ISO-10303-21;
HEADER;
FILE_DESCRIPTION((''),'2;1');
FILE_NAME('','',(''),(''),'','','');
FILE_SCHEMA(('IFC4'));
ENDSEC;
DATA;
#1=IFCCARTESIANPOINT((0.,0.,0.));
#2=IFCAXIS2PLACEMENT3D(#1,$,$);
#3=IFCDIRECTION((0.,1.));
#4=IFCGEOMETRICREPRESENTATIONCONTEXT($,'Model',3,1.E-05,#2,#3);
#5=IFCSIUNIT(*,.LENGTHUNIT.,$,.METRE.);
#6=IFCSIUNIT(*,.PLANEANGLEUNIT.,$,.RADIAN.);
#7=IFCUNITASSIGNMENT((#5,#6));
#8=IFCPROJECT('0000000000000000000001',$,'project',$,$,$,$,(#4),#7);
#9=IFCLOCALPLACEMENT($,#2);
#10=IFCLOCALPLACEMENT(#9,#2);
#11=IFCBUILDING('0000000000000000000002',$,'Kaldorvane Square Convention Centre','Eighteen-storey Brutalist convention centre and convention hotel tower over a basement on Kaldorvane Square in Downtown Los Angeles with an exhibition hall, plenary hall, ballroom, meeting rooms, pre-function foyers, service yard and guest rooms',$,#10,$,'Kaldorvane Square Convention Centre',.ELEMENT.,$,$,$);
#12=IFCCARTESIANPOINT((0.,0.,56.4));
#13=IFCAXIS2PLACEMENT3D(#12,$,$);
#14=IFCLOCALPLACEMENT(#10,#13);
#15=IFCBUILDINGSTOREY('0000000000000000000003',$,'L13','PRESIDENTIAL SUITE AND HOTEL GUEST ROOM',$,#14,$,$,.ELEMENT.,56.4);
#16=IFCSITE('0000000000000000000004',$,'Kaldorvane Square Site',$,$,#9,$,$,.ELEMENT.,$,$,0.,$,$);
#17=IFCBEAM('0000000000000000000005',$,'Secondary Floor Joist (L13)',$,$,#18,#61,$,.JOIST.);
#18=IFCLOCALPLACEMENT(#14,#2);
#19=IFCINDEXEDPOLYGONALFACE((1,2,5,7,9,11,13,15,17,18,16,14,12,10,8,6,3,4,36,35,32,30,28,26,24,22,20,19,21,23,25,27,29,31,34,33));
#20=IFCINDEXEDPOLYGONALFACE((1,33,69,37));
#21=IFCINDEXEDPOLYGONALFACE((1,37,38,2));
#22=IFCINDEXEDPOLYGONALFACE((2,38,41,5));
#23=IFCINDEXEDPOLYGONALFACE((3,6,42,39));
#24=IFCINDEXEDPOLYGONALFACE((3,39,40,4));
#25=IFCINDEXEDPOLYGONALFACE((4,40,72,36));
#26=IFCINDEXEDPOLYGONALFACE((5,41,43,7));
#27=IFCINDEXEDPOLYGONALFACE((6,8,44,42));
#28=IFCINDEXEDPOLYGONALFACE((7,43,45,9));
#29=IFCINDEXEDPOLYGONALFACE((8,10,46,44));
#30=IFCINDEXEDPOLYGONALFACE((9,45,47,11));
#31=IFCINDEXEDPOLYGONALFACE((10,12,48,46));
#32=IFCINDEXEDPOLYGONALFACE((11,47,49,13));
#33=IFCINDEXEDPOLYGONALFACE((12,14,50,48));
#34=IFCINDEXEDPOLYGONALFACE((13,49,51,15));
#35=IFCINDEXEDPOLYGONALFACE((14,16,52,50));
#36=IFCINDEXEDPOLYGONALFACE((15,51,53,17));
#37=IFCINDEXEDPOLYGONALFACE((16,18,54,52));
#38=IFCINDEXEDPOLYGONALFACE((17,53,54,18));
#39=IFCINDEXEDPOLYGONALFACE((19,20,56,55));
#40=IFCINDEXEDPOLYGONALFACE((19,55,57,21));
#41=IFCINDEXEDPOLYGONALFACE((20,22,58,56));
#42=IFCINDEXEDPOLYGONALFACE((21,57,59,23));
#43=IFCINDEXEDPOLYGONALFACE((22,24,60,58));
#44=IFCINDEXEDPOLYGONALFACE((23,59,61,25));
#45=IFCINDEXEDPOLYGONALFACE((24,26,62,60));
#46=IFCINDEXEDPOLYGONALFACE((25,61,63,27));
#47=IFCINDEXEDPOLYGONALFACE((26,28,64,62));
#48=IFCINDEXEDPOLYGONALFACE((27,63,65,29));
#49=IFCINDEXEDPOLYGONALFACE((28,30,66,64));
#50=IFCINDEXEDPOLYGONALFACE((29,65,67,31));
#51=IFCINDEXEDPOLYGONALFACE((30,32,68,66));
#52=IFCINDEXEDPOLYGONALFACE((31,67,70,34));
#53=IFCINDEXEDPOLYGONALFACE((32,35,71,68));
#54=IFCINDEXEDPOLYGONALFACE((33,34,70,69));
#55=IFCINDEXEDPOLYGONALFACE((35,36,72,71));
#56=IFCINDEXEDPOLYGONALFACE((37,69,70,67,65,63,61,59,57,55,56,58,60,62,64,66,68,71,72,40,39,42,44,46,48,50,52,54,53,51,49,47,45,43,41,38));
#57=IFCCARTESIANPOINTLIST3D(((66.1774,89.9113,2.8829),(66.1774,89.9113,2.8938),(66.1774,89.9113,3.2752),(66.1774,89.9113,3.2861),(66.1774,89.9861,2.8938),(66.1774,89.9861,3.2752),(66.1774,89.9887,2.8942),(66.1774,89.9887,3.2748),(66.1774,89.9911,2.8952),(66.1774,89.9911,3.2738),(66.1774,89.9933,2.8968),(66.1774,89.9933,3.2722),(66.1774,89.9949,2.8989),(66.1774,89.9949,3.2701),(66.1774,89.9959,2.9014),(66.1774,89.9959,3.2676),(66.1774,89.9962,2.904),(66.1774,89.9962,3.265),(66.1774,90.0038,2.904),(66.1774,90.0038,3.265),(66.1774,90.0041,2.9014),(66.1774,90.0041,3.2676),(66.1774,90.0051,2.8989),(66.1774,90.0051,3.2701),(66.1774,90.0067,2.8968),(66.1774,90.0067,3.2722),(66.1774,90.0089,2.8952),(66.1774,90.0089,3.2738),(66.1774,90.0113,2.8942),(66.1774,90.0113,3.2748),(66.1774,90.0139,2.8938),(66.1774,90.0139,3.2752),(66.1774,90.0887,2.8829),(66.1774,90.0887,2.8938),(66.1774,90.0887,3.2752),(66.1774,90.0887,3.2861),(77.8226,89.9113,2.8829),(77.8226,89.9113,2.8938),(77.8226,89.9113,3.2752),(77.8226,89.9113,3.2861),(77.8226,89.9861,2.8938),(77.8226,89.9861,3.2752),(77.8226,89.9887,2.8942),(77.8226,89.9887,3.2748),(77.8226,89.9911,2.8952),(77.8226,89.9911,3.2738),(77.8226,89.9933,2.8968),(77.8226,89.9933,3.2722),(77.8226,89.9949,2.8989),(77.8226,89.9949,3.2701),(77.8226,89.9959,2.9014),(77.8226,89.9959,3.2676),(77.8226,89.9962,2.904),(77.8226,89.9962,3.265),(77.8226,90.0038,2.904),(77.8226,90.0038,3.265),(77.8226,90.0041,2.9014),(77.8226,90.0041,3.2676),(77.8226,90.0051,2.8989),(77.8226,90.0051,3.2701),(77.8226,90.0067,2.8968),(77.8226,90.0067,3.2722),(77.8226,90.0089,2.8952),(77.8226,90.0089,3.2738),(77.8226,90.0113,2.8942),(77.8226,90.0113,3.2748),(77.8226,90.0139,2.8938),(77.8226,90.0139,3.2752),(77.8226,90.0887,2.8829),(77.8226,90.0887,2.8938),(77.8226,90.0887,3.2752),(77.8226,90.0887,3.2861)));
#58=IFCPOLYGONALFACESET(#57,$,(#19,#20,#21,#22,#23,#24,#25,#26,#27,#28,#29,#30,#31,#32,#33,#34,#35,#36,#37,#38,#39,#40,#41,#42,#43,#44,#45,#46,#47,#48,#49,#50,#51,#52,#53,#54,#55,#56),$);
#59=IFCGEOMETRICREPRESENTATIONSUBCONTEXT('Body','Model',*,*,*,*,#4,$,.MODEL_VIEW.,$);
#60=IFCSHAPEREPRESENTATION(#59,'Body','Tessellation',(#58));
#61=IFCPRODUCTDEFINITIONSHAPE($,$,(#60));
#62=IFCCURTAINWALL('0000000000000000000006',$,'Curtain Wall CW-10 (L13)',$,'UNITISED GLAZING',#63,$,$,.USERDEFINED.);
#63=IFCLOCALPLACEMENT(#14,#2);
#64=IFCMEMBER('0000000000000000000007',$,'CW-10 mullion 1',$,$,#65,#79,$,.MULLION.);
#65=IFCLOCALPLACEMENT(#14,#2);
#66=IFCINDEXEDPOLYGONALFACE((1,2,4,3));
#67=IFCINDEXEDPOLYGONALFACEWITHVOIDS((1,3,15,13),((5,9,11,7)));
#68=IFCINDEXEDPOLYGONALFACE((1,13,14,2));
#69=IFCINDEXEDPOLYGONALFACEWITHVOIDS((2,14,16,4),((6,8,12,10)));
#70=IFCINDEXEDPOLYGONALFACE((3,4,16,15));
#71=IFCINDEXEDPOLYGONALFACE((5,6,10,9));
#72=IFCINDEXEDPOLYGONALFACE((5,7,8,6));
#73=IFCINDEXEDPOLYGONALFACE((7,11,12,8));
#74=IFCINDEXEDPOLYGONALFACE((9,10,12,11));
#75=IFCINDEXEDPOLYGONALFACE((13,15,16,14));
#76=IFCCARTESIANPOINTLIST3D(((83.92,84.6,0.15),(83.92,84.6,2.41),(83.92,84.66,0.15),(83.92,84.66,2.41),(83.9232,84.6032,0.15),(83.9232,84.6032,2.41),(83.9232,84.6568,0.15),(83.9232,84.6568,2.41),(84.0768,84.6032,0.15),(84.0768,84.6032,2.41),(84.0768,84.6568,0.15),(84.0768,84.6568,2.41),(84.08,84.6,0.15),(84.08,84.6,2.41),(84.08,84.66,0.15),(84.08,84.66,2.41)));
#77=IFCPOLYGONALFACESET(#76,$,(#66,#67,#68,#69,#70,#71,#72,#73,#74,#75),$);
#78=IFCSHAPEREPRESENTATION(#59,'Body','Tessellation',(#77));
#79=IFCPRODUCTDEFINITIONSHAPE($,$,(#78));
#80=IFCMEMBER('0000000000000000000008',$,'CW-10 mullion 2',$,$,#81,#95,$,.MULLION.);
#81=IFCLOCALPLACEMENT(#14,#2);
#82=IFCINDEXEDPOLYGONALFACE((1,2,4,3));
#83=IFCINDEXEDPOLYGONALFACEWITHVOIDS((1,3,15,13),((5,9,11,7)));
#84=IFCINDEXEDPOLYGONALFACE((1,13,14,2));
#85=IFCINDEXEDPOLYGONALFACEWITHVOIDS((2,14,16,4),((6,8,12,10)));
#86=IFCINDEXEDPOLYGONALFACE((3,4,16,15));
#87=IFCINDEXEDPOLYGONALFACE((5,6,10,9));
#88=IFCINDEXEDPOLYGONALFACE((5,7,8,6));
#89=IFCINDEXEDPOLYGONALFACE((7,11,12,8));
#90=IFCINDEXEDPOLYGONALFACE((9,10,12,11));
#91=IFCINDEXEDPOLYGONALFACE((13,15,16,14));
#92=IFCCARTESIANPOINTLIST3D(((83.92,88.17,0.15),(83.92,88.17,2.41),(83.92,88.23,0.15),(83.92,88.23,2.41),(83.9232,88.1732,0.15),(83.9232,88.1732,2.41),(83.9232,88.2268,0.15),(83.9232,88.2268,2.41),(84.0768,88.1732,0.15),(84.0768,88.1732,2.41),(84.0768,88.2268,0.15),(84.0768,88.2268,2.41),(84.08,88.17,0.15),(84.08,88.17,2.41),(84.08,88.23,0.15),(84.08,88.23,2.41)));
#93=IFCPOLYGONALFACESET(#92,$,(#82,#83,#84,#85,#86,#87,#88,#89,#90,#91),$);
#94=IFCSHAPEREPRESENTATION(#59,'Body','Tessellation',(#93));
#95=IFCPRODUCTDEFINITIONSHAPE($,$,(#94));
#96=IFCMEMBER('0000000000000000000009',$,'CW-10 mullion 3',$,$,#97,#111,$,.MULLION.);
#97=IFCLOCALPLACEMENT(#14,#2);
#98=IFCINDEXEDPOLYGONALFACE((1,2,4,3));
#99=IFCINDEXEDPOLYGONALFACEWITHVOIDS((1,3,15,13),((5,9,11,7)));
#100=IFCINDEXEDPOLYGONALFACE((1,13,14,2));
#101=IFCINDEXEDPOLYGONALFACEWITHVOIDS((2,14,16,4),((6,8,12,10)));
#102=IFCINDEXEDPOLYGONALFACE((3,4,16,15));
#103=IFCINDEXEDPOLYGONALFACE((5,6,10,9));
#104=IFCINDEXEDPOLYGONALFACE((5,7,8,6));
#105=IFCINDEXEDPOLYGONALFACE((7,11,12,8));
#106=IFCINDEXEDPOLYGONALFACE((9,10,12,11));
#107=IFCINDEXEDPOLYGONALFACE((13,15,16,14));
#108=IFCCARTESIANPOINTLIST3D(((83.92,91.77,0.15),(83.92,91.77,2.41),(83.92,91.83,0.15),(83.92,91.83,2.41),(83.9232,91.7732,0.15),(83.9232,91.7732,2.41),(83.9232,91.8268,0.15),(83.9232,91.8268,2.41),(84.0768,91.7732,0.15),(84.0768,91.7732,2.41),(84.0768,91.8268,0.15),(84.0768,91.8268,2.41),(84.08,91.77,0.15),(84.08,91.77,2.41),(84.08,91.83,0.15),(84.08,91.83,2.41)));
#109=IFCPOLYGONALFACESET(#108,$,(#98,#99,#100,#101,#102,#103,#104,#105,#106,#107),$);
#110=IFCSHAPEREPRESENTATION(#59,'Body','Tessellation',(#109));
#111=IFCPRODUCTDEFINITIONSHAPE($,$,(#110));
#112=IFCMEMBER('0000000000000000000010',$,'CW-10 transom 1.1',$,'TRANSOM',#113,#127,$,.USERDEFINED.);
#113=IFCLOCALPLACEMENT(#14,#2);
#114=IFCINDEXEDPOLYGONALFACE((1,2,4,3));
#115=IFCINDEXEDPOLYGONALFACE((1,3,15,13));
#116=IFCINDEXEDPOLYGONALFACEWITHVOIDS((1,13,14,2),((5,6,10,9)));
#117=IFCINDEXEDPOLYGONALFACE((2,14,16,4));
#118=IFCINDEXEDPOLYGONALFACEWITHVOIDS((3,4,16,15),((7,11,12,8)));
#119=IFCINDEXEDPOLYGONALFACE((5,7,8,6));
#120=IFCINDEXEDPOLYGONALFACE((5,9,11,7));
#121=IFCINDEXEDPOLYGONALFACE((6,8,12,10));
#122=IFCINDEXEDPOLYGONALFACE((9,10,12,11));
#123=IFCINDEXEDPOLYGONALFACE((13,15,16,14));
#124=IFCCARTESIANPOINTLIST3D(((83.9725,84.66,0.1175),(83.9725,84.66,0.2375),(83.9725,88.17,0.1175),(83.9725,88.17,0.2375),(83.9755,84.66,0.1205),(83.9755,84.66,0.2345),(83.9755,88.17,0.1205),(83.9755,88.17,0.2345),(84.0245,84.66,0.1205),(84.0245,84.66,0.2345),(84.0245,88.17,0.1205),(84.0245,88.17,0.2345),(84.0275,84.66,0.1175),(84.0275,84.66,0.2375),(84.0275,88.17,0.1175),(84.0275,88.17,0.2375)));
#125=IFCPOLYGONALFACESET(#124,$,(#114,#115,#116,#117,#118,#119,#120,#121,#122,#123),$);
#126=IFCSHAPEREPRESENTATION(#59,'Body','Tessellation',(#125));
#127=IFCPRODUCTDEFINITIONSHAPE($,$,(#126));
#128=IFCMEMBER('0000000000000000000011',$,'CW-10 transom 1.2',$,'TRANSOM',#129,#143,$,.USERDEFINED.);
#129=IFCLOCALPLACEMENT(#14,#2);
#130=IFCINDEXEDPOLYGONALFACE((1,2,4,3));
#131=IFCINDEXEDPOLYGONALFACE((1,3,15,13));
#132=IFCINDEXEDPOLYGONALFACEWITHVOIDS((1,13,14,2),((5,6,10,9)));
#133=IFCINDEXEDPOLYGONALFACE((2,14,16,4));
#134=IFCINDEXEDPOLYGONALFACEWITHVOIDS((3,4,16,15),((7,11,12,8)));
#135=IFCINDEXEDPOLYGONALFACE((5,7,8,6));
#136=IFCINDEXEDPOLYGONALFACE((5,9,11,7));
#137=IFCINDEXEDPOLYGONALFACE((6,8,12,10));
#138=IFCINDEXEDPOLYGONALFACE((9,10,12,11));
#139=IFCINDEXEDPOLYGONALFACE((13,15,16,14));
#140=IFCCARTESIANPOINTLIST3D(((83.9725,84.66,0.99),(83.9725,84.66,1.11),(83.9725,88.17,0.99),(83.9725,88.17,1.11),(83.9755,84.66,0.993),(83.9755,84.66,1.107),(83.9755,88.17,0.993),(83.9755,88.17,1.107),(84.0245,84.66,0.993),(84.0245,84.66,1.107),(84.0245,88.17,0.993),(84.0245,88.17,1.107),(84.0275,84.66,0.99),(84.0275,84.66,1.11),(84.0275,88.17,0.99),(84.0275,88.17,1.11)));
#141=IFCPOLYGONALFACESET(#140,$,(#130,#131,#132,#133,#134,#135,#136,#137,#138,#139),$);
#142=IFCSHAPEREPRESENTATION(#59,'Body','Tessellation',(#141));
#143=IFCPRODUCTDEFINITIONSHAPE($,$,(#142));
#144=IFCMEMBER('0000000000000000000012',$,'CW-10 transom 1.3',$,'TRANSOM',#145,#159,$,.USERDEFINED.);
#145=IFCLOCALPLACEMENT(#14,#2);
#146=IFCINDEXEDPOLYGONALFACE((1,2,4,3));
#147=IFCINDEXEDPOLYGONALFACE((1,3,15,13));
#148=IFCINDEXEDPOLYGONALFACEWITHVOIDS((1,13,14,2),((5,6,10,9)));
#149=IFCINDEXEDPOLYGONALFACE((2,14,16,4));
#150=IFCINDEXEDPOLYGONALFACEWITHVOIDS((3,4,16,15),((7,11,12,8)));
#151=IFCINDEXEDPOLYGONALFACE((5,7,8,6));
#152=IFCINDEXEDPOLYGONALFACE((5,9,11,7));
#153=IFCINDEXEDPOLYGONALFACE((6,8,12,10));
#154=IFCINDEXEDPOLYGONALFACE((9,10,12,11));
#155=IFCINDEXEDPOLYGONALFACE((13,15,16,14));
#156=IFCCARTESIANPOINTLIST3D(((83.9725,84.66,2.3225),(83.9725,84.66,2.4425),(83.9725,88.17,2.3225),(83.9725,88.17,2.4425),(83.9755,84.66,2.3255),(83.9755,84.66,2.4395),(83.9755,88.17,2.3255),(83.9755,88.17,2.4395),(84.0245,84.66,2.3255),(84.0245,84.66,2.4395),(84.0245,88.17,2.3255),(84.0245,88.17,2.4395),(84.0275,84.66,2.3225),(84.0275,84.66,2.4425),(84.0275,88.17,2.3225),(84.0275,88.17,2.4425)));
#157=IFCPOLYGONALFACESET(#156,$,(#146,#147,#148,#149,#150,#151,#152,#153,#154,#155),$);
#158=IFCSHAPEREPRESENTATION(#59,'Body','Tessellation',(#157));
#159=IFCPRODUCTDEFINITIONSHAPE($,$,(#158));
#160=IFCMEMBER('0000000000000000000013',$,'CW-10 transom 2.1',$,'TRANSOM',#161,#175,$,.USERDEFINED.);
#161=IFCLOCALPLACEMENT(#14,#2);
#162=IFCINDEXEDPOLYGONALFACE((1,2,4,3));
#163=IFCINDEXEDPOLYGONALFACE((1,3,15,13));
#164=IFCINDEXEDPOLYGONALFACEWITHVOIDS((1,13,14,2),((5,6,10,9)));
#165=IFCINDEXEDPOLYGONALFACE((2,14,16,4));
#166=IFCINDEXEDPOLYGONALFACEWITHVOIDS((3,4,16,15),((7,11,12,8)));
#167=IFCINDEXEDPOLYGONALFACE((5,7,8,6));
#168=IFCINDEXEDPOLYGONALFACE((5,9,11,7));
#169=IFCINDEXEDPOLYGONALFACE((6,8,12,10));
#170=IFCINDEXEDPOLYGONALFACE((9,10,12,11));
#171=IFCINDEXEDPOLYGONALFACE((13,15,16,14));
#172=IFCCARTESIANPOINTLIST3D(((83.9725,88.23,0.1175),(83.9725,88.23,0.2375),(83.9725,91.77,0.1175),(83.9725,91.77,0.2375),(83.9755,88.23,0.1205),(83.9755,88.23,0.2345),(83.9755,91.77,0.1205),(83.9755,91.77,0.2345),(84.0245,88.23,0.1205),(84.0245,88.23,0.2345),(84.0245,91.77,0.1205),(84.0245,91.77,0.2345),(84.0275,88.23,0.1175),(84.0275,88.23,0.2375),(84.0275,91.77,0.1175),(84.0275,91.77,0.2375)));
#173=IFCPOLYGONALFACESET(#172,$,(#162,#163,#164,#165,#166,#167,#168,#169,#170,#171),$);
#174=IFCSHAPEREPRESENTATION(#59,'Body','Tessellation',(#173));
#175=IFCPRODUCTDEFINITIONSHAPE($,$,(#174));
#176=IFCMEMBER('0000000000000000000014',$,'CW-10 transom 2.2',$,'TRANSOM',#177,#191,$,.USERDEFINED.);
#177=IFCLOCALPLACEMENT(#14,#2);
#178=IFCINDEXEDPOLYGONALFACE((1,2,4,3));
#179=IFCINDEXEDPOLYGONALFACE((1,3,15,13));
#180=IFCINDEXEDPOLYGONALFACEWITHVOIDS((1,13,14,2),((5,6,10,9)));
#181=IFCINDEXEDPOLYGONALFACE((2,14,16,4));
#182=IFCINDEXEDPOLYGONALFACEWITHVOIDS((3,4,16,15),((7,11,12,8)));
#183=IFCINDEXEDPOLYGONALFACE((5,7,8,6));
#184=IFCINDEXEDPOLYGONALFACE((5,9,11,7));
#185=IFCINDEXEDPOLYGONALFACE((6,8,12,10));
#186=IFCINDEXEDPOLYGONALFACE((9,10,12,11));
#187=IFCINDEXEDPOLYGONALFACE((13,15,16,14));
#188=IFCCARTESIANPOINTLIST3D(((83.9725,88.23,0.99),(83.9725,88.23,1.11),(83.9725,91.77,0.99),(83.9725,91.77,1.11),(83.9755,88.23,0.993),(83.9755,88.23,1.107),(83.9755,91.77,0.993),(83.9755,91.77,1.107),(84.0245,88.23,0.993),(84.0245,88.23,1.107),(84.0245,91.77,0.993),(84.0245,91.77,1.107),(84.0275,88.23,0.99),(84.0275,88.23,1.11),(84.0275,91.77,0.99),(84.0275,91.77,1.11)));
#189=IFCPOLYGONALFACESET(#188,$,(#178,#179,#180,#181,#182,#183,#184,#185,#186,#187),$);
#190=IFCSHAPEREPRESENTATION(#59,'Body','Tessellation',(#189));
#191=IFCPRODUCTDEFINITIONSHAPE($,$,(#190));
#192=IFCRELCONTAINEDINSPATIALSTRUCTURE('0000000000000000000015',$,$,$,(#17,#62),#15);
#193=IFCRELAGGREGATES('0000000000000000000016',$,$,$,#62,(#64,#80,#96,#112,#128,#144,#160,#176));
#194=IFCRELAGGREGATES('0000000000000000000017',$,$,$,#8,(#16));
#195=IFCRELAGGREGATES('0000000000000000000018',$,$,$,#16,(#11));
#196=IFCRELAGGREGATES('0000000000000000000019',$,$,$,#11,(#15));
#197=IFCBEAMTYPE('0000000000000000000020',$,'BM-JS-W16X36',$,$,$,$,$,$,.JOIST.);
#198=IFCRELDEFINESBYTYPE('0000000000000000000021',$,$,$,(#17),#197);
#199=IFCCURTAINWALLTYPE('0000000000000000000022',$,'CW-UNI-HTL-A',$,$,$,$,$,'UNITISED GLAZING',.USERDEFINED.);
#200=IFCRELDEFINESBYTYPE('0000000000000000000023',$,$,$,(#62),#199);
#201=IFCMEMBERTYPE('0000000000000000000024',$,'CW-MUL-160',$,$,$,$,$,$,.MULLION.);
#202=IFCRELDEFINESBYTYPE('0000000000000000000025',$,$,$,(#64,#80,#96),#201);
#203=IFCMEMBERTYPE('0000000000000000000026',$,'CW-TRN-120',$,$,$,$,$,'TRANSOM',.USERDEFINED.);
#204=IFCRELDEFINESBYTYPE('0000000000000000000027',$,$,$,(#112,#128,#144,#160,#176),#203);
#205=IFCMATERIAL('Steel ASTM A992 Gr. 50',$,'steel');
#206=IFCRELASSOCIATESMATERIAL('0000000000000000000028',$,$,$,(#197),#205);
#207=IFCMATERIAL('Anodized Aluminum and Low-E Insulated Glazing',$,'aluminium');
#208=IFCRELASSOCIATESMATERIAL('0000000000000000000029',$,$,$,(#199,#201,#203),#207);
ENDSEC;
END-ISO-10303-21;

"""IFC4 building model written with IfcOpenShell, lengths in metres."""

from ifc_helpers import new_model, si_unit, direction, frame, origin, origin_2d, place, context, subcontext, project, spatial, hollow_rectangle, i_section, extrude, material, material_profile, profile_set, type_object, element, aggregate, save


model = new_model("IFC4")

# Units and contexts
model_context = context("Model", 3, precision=1e-05, world=origin(), true_north=direction((0.0, 1.0)))
body_context = subcontext(model_context, "Body", "Model", "MODEL_VIEW")
ifc_project = project(units=[si_unit("LENGTHUNIT", "METRE"), si_unit("PLANEANGLEUNIT", "RADIAN")], contexts=[model_context])

# Site, building, storey
site_placement = place(None, origin())
site = spatial("IfcSite", under=ifc_project, at=site_placement, Name="Kaldorvane Square Site", CompositionType="ELEMENT", RefElevation=0.0)
building_placement = place(site_placement, origin())
building = spatial("IfcBuilding", under=site, at=building_placement, Name="Kaldorvane Square Convention Centre", Description="Eighteen-storey Brutalist convention centre and convention hotel tower over a basement on Kaldorvane Square in Downtown Los Angeles with an exhibition hall, plenary hall, ballroom, meeting rooms, pre-function foyers, service yard and guest rooms", LongName="Kaldorvane Square Convention Centre", CompositionType="ELEMENT")
storey_placement = place(building_placement, frame((0.0, 0.0, 56.4)))
storey = spatial("IfcBuildingStorey", under=building, at=storey_placement, Name="L13", Description="PRESIDENTIAL SUITE AND HOTEL GUEST ROOM", CompositionType="ELEMENT", Elevation=56.4)

# Beam
ifc_material_1 = material(Name="Steel ASTM A992 Gr. 50", Category="steel")
ifc_material_profile_1 = material_profile(ifc_material_1, i_section(OverallWidth=0.1774, OverallDepth=0.4031, WebThickness=0.0075, FlangeThickness=0.0109, FilletRadius=0.0102, at=origin_2d()), Name="W16X36")
ifc_profile_set_1 = profile_set([ifc_material_profile_1], Name="Steel ASTM A992 Gr. 50")
beam_type = type_object("IfcBeamType", Name="BM-JS-W16X36", PredefinedType="JOIST", material=ifc_profile_set_1)
beam_placement = place(storey_placement, frame((66.1774, 90.0, 3.0845), z_axis=(1.0, 0.0, 0.0), x_axis=(0.0, 1.0, 0.0)))
element("IfcBeam", 1, at=beam_placement, inside=storey, type_object=beam_type, Name="Secondary Floor Joist (L13)", PredefinedType="JOIST", context=body_context, shape_type="SweptSolid", body=[
    extrude(i_section(OverallWidth=0.1774, OverallDepth=0.4031, WebThickness=0.0075, FlangeThickness=0.0109, FilletRadius=0.0102, at=origin_2d()), origin(), (0.0, 0.0, 1.0), 11.6452),
])

# Curtain wall, members
ifc_material_2 = material(Name="Anodized Aluminum and Low-E Insulated Glazing", Category="aluminium")
curtain_wall_type = type_object("IfcCurtainWallType", Name="CW-UNI-HTL-A", ElementType="UNITISED GLAZING", PredefinedType="USERDEFINED", material=ifc_material_2)
curtain_wall_placement = place(storey_placement, origin())
curtain_wall = element("IfcCurtainWall", 2, at=curtain_wall_placement, inside=storey, type_object=curtain_wall_type, Name="Curtain Wall CW-10 (L13)", ObjectType="UNITISED GLAZING", PredefinedType="USERDEFINED")
ifc_material_profile_2 = material_profile(ifc_material_2, hollow_rectangle(XDim=0.06, YDim=0.16, WallThickness=0.0032, at=origin_2d()), Name="CWM-160X60")
ifc_profile_set_2 = profile_set([ifc_material_profile_2], Name="Anodized Aluminum and Low-E Insulated Glazing")
member_type_1 = type_object("IfcMemberType", Name="CW-MUL-160", PredefinedType="MULLION", material=ifc_profile_set_2)
member_1_placement = place(storey_placement, frame((84.0, 84.63, 0.15), z_axis=(0.0, 0.0, 1.0), x_axis=(0.0, 1.0, 0.0)))
member_1 = element("IfcMember", 3, at=member_1_placement, type_object=member_type_1, Name="CW-10 mullion 1", PredefinedType="MULLION", context=body_context, shape_type="SweptSolid", body=[
    extrude(hollow_rectangle(XDim=0.06, YDim=0.16, WallThickness=0.0032, at=origin_2d()), origin(), (0.0, 0.0, 1.0), 2.26),
])
member_2_placement = place(storey_placement, frame((84.0, 88.2, 0.15), z_axis=(0.0, 0.0, 1.0), x_axis=(0.0, 1.0, 0.0)))
member_2 = element("IfcMember", 4, at=member_2_placement, type_object=member_type_1, Name="CW-10 mullion 2", PredefinedType="MULLION", context=body_context, shape_type="SweptSolid", body=[
    extrude(hollow_rectangle(XDim=0.06, YDim=0.16, WallThickness=0.0032, at=origin_2d()), origin(), (0.0, 0.0, 1.0), 2.26),
])
member_3_placement = place(storey_placement, frame((84.0, 91.8, 0.15), z_axis=(0.0, 0.0, 1.0), x_axis=(0.0, 1.0, 0.0)))
member_3 = element("IfcMember", 5, at=member_3_placement, type_object=member_type_1, Name="CW-10 mullion 3", PredefinedType="MULLION", context=body_context, shape_type="SweptSolid", body=[
    extrude(hollow_rectangle(XDim=0.06, YDim=0.16, WallThickness=0.0032, at=origin_2d()), origin(), (0.0, 0.0, 1.0), 2.26),
])
ifc_material_profile_3 = material_profile(ifc_material_2, hollow_rectangle(XDim=0.055, YDim=0.12, WallThickness=0.003, at=origin_2d()), Name="CWT-120X55")
ifc_profile_set_3 = profile_set([ifc_material_profile_3], Name="Anodized Aluminum and Low-E Insulated Glazing")
member_type_2 = type_object("IfcMemberType", Name="CW-TRN-120", ElementType="TRANSOM", PredefinedType="USERDEFINED", material=ifc_profile_set_3)
member_4_placement = place(storey_placement, frame((84.0, 84.66, 0.1775), z_axis=(0.0, 1.0, 0.0), x_axis=(-1.0, 0.0, 0.0)))
member_4 = element("IfcMember", 6, at=member_4_placement, type_object=member_type_2, Name="CW-10 transom 1.1", ObjectType="TRANSOM", PredefinedType="USERDEFINED", context=body_context, shape_type="SweptSolid", body=[
    extrude(hollow_rectangle(XDim=0.055, YDim=0.12, WallThickness=0.003, at=origin_2d()), origin(), (0.0, 0.0, 1.0), 3.51),
])
member_5_placement = place(storey_placement, frame((84.0, 84.66, 1.05), z_axis=(0.0, 1.0, 0.0), x_axis=(-1.0, 0.0, 0.0)))
member_5 = element("IfcMember", 7, at=member_5_placement, type_object=member_type_2, Name="CW-10 transom 1.2", ObjectType="TRANSOM", PredefinedType="USERDEFINED", context=body_context, shape_type="SweptSolid", body=[
    extrude(hollow_rectangle(XDim=0.055, YDim=0.12, WallThickness=0.003, at=origin_2d()), origin(), (0.0, 0.0, 1.0), 3.51),
])
member_6_placement = place(storey_placement, frame((84.0, 84.66, 2.3825), z_axis=(0.0, 1.0, 0.0), x_axis=(-1.0, 0.0, 0.0)))
member_6 = element("IfcMember", 8, at=member_6_placement, type_object=member_type_2, Name="CW-10 transom 1.3", ObjectType="TRANSOM", PredefinedType="USERDEFINED", context=body_context, shape_type="SweptSolid", body=[
    extrude(hollow_rectangle(XDim=0.055, YDim=0.12, WallThickness=0.003, at=origin_2d()), origin(), (0.0, 0.0, 1.0), 3.51),
])
member_7_placement = place(storey_placement, frame((84.0, 88.23, 0.1775), z_axis=(0.0, 1.0, 0.0), x_axis=(-1.0, 0.0, 0.0)))
member_7 = element("IfcMember", 9, at=member_7_placement, type_object=member_type_2, Name="CW-10 transom 2.1", ObjectType="TRANSOM", PredefinedType="USERDEFINED", context=body_context, shape_type="SweptSolid", body=[
    extrude(hollow_rectangle(XDim=0.055, YDim=0.12, WallThickness=0.003, at=origin_2d()), origin(), (0.0, 0.0, 1.0), 3.54),
])
member_8_placement = place(storey_placement, frame((84.0, 88.23, 1.05), z_axis=(0.0, 1.0, 0.0), x_axis=(-1.0, 0.0, 0.0)))
member_8 = element("IfcMember", 10, at=member_8_placement, type_object=member_type_2, Name="CW-10 transom 2.2", ObjectType="TRANSOM", PredefinedType="USERDEFINED", context=body_context, shape_type="SweptSolid", body=[
    extrude(hollow_rectangle(XDim=0.055, YDim=0.12, WallThickness=0.003, at=origin_2d()), origin(), (0.0, 0.0, 1.0), 3.54),
])
aggregate(curtain_wall, [member_1, member_2, member_3, member_4, member_5, member_6, member_7, member_8])

save(model, "model.ifc")
